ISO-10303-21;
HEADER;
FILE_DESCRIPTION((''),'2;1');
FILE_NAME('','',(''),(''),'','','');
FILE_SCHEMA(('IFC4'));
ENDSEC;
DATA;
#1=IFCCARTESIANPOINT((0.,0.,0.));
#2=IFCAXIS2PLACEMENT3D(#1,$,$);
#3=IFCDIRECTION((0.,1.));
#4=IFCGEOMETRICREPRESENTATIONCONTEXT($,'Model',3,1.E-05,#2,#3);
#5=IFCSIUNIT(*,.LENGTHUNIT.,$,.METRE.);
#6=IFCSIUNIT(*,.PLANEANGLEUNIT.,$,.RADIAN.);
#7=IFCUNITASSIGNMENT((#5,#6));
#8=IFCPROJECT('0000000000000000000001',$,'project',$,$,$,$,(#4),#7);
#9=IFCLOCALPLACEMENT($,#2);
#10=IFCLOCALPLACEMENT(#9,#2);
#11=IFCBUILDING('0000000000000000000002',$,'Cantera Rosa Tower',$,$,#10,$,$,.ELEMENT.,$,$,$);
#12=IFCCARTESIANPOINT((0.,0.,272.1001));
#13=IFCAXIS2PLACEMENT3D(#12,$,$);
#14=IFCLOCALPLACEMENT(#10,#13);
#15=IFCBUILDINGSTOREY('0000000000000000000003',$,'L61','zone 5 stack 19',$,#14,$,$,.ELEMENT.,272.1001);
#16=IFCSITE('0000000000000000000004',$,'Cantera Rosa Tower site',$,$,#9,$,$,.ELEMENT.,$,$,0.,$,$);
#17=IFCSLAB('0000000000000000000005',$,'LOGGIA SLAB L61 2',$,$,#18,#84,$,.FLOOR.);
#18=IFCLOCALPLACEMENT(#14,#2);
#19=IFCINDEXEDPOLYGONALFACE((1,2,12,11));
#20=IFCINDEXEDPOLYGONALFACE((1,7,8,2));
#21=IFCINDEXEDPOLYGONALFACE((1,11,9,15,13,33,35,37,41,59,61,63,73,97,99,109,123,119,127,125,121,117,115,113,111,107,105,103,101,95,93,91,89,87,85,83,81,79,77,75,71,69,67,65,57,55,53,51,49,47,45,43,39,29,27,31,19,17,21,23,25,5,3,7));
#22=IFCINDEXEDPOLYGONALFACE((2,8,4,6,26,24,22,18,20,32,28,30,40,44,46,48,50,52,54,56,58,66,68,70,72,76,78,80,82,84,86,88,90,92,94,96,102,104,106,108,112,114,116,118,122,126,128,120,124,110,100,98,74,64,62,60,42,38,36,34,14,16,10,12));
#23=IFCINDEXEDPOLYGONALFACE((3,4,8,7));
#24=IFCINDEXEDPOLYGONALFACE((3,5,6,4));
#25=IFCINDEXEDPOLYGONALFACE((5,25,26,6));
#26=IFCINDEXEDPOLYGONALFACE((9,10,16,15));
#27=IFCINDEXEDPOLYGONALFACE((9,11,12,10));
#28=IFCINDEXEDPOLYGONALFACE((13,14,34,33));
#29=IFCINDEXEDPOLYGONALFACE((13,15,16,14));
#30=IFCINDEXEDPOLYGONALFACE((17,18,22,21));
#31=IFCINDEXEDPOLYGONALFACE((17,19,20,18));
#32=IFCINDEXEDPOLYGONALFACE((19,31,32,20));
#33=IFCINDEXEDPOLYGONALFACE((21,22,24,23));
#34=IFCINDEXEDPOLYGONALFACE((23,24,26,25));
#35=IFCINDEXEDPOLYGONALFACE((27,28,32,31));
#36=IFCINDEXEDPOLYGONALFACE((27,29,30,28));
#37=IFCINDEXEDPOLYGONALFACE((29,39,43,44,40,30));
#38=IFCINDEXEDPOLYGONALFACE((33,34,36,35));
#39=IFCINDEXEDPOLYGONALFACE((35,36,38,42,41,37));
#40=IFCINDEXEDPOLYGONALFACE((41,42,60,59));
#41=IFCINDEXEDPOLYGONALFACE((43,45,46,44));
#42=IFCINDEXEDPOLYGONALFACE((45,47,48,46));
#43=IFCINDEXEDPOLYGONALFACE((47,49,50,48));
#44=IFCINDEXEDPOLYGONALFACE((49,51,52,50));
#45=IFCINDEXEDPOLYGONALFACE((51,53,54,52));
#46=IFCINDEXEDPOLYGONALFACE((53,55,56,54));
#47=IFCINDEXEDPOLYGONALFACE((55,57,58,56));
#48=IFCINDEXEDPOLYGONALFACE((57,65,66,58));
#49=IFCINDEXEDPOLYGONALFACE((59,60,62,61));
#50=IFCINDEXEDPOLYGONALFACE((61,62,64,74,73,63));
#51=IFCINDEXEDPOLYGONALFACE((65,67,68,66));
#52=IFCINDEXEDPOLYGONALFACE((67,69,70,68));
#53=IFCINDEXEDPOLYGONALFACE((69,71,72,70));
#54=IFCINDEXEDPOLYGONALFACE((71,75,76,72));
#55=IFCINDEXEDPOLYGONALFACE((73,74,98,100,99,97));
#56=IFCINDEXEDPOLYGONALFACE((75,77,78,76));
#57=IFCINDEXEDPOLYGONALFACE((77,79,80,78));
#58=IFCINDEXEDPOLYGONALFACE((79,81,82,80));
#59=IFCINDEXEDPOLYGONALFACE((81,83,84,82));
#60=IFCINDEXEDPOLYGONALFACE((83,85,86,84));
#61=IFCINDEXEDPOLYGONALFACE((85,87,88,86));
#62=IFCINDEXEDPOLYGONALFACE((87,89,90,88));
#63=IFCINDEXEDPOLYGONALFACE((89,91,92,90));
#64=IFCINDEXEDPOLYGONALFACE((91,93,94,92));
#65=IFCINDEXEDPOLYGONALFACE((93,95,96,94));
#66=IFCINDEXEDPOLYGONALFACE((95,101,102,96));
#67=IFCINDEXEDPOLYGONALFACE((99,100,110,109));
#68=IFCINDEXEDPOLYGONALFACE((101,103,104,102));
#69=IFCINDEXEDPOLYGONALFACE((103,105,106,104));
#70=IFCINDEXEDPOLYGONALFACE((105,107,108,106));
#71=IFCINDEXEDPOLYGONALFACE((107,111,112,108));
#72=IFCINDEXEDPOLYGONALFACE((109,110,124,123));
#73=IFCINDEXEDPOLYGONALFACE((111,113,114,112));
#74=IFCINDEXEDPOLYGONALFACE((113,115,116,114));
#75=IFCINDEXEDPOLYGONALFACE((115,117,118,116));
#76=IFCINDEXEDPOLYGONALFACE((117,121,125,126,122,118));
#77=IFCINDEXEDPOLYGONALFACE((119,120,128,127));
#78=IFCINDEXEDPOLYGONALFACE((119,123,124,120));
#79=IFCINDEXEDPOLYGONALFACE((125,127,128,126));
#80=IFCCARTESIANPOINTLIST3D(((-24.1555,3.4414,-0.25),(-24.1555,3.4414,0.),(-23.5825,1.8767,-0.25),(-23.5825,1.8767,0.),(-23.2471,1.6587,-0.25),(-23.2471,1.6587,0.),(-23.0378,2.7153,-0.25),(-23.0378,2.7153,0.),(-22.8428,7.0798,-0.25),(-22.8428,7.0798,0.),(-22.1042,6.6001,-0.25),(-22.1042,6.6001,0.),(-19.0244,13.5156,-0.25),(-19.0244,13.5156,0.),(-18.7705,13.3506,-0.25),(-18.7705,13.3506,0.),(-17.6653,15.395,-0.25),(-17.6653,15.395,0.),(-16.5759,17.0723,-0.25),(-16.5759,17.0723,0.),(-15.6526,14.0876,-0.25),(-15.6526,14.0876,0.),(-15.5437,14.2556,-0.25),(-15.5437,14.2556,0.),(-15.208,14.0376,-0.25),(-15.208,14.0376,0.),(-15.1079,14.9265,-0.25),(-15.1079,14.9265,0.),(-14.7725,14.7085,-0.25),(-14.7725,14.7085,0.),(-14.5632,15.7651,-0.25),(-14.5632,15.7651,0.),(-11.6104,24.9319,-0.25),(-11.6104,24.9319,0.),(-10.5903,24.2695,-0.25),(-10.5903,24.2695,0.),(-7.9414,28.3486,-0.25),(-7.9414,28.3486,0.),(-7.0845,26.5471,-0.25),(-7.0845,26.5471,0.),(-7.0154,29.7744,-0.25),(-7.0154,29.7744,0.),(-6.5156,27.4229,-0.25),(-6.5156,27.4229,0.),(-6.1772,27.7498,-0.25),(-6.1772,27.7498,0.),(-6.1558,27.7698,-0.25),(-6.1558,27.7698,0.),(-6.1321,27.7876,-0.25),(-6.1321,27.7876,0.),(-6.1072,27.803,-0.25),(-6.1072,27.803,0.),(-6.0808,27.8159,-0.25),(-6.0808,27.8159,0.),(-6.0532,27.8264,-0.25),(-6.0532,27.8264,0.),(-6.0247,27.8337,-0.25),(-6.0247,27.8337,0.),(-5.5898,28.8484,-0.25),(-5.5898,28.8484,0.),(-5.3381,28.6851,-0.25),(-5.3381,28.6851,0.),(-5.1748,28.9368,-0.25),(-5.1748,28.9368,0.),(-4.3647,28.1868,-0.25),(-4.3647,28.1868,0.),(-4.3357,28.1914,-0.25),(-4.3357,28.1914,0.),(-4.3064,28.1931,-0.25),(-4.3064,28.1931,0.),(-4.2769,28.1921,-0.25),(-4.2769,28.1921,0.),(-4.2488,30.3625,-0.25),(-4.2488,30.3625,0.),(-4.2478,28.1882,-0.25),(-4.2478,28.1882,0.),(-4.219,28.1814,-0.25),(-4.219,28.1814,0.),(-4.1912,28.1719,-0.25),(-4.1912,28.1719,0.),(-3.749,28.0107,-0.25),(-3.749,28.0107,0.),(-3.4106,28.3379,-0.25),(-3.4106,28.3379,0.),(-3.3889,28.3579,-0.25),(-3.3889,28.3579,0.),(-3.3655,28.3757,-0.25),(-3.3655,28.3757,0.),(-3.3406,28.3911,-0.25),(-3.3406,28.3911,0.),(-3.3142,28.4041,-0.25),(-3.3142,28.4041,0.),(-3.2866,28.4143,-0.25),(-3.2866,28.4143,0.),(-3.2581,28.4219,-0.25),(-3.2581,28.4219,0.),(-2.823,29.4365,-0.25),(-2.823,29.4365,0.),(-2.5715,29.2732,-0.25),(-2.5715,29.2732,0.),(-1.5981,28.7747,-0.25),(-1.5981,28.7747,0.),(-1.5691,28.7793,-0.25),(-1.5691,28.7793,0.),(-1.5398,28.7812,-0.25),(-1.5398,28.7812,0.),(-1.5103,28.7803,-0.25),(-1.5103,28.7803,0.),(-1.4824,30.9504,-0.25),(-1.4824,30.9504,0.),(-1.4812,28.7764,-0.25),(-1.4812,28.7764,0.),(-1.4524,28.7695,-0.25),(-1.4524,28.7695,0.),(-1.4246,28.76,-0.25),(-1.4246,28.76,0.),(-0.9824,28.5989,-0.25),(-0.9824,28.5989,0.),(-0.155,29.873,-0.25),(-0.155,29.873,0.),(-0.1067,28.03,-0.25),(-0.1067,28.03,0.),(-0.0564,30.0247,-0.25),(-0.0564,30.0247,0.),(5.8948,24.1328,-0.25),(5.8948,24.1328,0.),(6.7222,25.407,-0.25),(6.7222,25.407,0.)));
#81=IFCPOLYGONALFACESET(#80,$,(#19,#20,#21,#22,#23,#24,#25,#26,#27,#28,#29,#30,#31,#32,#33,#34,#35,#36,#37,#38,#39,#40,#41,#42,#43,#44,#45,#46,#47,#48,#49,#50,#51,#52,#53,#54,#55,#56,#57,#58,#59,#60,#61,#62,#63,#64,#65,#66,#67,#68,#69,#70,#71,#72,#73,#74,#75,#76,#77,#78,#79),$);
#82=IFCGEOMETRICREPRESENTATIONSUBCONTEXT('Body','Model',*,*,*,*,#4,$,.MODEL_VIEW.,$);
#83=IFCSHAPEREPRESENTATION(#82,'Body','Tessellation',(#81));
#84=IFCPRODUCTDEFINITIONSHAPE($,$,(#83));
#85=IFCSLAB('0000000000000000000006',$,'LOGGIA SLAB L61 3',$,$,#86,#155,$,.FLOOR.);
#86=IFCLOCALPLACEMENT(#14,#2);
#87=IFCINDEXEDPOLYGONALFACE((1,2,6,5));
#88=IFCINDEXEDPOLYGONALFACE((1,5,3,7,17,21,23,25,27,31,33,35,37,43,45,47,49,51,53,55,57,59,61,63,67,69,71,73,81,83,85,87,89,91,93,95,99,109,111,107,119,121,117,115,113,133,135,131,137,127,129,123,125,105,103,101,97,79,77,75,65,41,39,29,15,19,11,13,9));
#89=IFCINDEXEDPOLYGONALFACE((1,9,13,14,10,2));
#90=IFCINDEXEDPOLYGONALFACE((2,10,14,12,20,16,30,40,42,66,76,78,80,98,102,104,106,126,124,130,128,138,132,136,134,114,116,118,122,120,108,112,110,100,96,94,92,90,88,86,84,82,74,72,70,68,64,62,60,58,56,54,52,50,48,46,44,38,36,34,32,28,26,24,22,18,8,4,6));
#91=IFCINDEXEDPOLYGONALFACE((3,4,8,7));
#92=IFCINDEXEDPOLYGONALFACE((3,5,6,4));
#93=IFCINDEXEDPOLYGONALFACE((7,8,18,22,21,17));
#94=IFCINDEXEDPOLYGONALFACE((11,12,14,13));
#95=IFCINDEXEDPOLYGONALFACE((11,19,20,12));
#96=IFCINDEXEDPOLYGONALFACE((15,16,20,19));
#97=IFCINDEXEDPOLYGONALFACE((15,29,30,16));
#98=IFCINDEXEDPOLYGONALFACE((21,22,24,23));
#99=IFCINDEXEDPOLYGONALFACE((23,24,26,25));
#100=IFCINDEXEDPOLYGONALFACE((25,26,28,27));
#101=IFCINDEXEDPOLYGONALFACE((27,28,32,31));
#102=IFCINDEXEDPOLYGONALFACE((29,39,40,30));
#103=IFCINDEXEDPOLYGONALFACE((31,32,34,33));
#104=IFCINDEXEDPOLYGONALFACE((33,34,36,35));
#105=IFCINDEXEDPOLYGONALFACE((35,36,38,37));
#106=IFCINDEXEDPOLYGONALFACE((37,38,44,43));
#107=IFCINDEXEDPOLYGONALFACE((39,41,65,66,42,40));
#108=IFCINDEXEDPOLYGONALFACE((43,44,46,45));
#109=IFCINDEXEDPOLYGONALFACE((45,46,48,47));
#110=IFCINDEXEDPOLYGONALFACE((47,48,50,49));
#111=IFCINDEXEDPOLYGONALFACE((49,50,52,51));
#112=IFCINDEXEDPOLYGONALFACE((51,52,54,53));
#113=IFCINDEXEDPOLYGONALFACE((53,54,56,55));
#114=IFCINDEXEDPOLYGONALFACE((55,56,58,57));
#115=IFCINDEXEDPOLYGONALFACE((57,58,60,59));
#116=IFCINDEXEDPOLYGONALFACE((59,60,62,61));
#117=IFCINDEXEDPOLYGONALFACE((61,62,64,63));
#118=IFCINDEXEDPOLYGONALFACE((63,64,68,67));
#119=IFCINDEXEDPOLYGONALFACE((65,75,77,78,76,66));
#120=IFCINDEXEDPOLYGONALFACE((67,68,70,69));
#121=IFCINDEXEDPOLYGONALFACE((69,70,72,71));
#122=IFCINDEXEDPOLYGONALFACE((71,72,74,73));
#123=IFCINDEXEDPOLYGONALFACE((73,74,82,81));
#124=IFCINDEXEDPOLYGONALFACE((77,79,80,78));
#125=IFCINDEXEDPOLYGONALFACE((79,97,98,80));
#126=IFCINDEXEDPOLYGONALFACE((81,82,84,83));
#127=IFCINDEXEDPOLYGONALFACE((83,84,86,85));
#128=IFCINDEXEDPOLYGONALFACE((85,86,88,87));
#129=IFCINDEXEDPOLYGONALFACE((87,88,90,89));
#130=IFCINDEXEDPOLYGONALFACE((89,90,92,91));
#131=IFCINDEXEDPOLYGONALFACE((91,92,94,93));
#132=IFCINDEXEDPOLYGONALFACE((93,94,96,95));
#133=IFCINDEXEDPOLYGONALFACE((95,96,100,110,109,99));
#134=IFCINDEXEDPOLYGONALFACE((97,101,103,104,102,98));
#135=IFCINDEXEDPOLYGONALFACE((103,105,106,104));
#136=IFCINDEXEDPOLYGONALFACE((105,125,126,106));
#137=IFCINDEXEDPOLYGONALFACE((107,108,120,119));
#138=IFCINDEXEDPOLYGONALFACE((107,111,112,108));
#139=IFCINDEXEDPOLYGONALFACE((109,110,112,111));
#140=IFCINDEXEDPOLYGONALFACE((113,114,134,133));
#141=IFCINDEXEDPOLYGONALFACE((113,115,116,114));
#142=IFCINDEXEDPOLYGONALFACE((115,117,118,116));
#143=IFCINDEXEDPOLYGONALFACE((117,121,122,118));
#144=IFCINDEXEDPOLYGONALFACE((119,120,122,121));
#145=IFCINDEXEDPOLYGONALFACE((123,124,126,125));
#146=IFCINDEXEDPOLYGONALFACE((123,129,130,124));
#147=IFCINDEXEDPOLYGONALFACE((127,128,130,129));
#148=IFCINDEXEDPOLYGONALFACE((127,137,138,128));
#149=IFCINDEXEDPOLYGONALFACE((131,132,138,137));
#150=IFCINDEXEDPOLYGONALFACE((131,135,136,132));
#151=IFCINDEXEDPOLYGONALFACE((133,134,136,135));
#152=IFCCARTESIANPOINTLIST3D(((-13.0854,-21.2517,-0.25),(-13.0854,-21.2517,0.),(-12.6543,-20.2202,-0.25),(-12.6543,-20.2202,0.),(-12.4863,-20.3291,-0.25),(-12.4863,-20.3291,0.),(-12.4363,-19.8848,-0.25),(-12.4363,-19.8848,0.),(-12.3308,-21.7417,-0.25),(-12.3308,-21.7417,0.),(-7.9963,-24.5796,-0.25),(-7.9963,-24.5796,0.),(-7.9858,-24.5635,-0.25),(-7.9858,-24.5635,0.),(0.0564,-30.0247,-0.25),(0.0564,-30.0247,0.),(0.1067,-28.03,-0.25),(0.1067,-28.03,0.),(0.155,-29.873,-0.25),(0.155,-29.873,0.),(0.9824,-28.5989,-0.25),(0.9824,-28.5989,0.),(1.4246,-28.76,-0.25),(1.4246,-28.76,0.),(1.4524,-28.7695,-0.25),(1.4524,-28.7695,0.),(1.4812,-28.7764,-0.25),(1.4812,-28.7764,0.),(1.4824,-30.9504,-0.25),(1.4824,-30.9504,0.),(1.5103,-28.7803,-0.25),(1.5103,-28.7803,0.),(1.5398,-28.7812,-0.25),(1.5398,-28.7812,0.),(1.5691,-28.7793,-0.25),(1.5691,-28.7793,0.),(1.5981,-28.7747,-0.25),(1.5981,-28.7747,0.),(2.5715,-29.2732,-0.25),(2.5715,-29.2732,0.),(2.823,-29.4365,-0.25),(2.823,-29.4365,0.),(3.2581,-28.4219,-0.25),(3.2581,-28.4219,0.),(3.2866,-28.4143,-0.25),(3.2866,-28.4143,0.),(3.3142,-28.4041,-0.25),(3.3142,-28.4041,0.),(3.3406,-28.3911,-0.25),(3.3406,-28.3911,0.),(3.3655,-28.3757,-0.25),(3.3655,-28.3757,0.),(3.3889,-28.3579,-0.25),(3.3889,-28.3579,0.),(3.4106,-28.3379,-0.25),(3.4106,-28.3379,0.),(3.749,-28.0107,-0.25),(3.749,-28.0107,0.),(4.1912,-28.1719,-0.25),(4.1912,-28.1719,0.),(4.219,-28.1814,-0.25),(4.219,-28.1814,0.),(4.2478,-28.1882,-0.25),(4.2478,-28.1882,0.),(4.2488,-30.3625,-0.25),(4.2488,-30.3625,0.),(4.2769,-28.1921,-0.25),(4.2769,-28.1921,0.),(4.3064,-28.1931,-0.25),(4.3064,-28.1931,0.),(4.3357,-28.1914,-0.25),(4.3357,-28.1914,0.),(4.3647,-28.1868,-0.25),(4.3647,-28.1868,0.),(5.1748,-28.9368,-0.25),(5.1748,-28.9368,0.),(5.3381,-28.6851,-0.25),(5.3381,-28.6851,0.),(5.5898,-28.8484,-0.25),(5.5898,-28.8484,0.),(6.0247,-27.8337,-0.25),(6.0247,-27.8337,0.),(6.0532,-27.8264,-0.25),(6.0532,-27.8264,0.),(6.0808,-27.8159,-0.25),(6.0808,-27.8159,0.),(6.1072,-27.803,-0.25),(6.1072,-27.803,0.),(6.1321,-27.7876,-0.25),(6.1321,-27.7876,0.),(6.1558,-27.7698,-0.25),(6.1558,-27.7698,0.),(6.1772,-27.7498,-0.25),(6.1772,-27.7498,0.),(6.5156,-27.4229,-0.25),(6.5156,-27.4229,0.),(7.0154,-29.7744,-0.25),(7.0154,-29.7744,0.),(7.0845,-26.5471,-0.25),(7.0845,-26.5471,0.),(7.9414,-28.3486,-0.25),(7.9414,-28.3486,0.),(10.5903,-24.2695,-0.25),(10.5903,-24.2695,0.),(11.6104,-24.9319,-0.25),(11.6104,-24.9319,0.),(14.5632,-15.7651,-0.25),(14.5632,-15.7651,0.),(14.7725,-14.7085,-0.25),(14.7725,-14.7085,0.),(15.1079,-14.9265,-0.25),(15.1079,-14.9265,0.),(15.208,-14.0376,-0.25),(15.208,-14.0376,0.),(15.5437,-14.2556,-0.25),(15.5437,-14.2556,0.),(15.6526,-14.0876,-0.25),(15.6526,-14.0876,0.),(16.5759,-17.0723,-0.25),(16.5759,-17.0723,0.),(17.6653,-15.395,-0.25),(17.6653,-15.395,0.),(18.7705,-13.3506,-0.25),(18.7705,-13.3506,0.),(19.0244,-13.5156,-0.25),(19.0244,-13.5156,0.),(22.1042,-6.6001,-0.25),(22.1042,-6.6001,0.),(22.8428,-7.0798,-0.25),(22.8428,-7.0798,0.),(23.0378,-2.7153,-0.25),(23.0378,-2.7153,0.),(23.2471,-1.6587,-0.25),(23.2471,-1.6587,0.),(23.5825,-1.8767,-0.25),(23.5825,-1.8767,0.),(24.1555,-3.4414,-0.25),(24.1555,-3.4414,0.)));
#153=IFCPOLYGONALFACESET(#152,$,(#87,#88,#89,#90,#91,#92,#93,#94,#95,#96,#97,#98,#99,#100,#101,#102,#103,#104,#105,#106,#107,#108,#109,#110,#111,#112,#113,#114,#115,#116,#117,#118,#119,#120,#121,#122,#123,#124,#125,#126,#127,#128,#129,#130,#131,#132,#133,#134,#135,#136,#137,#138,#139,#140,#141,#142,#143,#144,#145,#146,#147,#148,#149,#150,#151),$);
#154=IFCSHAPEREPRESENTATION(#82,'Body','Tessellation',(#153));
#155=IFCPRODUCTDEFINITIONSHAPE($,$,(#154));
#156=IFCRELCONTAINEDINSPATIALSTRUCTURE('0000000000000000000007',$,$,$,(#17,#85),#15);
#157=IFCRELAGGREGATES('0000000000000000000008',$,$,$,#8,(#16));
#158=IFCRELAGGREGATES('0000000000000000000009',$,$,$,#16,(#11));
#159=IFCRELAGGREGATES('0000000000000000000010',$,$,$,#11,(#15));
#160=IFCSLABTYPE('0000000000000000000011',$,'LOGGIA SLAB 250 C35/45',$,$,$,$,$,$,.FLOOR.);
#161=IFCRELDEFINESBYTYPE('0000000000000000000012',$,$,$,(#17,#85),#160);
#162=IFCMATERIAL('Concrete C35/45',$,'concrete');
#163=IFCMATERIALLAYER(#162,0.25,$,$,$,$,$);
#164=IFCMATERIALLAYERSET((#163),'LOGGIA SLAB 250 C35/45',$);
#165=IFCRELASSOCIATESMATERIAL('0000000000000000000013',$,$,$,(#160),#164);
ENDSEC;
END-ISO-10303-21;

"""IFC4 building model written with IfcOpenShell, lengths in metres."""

from ifc_helpers import new_model, si_unit, direction, frame, origin, place, context, subcontext, project, spatial, polyline, outline, extrude, material, layer, layer_set, type_object, element, save


model = new_model("IFC4")

# Units and contexts
model_context = context("Model", 3, precision=1e-05, world=origin(), true_north=direction((0.0, 1.0)))
body_context = subcontext(model_context, "Body", "Model", "MODEL_VIEW")
ifc_project = project(units=[si_unit("LENGTHUNIT", "METRE"), si_unit("PLANEANGLEUNIT", "RADIAN")], contexts=[model_context])

# Site, building, storey
site_placement = place(None, origin())
site = spatial("IfcSite", under=ifc_project, at=site_placement, Name="Cantera Rosa Tower site", CompositionType="ELEMENT", RefElevation=0.0)
building_placement = place(site_placement, origin())
building = spatial("IfcBuilding", under=site, at=building_placement, Name="Cantera Rosa Tower", CompositionType="ELEMENT")
storey_placement = place(building_placement, frame((0.0, 0.0, 272.1001)))
storey = spatial("IfcBuildingStorey", under=building, at=storey_placement, Name="L61", Description="zone 5 stack 19", CompositionType="ELEMENT", Elevation=272.1001)

# Slabs
ifc_material_1 = material(Name="Concrete C35/45", Category="concrete")
ifc_layer_1 = layer(ifc_material_1, 0.25)
ifc_layer_set_1 = layer_set([ifc_layer_1], Name="LOGGIA SLAB 250 C35/45")
slab_type_1 = type_object("IfcSlabType", Name="LOGGIA SLAB 250 C35/45", PredefinedType="FLOOR", material=ifc_layer_set_1)
slab_1_placement = place(storey_placement, frame((0.0, 0.0, -0.25)))
element("IfcSlab", 1, at=slab_1_placement, inside=storey, type_object=slab_type_1, Name="LOGGIA SLAB L61 2", PredefinedType="FLOOR", context=body_context, shape_type="SweptSolid", body=[
    extrude(outline(polyline([(-11.6104, 24.9319), (-10.5903, 24.2695), (-7.9414, 28.3486), (-7.0154, 29.7744), (-5.5898, 28.8484), (-5.3381, 28.6851), (-5.1748, 28.9368), (-4.2488, 30.3625), (-2.823, 29.4365), (-2.5715, 29.2732), (-1.4824, 30.9504), (-0.0564, 30.0247), (-0.155, 29.873), (6.7222, 25.407), (5.8948, 24.1328), (-0.1067, 28.03), (-0.9824, 28.5989), (-1.4246, 28.76), (-1.4524, 28.7695), (-1.4812, 28.7764), (-1.5103, 28.7803), (-1.5398, 28.7812), (-1.5691, 28.7793), (-1.5981, 28.7747), (-3.2581, 28.4219), (-3.2866, 28.4143), (-3.3142, 28.4041), (-3.3406, 28.3911), (-3.3655, 28.3757), (-3.3889, 28.3579), (-3.4106, 28.3379), (-3.749, 28.0107), (-4.1912, 28.1719), (-4.219, 28.1814), (-4.2478, 28.1882), (-4.2769, 28.1921), (-4.3064, 28.1931), (-4.3357, 28.1914), (-4.3647, 28.1868), (-6.0247, 27.8337), (-6.0532, 27.8264), (-6.0808, 27.8159), (-6.1072, 27.803), (-6.1321, 27.7876), (-6.1558, 27.7698), (-6.1772, 27.7498), (-6.5156, 27.4229), (-7.0845, 26.5471), (-14.7725, 14.7085), (-15.1079, 14.9265), (-14.5632, 15.7651), (-16.5759, 17.0723), (-17.6653, 15.395), (-15.6526, 14.0876), (-15.5437, 14.2556), (-15.208, 14.0376), (-23.2471, 1.6587), (-23.5825, 1.8767), (-23.0378, 2.7153), (-24.1555, 3.4414), (-22.1042, 6.6001), (-22.8428, 7.0798), (-18.7705, 13.3506), (-19.0244, 13.5156), (-11.6104, 24.9319)])), origin(), (0.0, 0.0, 1.0), 0.25),
])
slab_2_placement = place(storey_placement, frame((0.0, 0.0, -0.25)))
element("IfcSlab", 2, at=slab_2_placement, inside=storey, type_object=slab_type_1, Name="LOGGIA SLAB L61 3", PredefinedType="FLOOR", context=body_context, shape_type="SweptSolid", body=[
    extrude(outline(polyline([(5.5898, -28.8484), (5.3381, -28.6851), (5.1748, -28.9368), (4.2488, -30.3625), (2.823, -29.4365), (2.5715, -29.2732), (1.4824, -30.9504), (0.0564, -30.0247), (0.155, -29.873), (-7.9963, -24.5796), (-7.9858, -24.5635), (-12.3308, -21.7417), (-13.0854, -21.2517), (-12.4863, -20.3291), (-12.6543, -20.2202), (-12.4363, -19.8848), (0.1067, -28.03), (0.9824, -28.5989), (1.4246, -28.76), (1.4524, -28.7695), (1.4812, -28.7764), (1.5103, -28.7803), (1.5398, -28.7812), (1.5691, -28.7793), (1.5981, -28.7747), (3.2581, -28.4219), (3.2866, -28.4143), (3.3142, -28.4041), (3.3406, -28.3911), (3.3655, -28.3757), (3.3889, -28.3579), (3.4106, -28.3379), (3.749, -28.0107), (4.1912, -28.1719), (4.219, -28.1814), (4.2478, -28.1882), (4.2769, -28.1921), (4.3064, -28.1931), (4.3357, -28.1914), (4.3647, -28.1868), (6.0247, -27.8337), (6.0532, -27.8264), (6.0808, -27.8159), (6.1072, -27.803), (6.1321, -27.7876), (6.1558, -27.7698), (6.1772, -27.7498), (6.5156, -27.4229), (7.0845, -26.5471), (14.7725, -14.7085), (15.1079, -14.9265), (14.5632, -15.7651), (16.5759, -17.0723), (17.6653, -15.395), (15.6526, -14.0876), (15.5437, -14.2556), (15.208, -14.0376), (23.2471, -1.6587), (23.5825, -1.8767), (23.0378, -2.7153), (24.1555, -3.4414), (22.1042, -6.6001), (22.8428, -7.0798), (18.7705, -13.3506), (19.0244, -13.5156), (11.6104, -24.9319), (10.5903, -24.2695), (7.9414, -28.3486), (7.0154, -29.7744), (5.5898, -28.8484)])), origin(), (0.0, 0.0, 1.0), 0.25),
])

save(model, "model.ifc")
